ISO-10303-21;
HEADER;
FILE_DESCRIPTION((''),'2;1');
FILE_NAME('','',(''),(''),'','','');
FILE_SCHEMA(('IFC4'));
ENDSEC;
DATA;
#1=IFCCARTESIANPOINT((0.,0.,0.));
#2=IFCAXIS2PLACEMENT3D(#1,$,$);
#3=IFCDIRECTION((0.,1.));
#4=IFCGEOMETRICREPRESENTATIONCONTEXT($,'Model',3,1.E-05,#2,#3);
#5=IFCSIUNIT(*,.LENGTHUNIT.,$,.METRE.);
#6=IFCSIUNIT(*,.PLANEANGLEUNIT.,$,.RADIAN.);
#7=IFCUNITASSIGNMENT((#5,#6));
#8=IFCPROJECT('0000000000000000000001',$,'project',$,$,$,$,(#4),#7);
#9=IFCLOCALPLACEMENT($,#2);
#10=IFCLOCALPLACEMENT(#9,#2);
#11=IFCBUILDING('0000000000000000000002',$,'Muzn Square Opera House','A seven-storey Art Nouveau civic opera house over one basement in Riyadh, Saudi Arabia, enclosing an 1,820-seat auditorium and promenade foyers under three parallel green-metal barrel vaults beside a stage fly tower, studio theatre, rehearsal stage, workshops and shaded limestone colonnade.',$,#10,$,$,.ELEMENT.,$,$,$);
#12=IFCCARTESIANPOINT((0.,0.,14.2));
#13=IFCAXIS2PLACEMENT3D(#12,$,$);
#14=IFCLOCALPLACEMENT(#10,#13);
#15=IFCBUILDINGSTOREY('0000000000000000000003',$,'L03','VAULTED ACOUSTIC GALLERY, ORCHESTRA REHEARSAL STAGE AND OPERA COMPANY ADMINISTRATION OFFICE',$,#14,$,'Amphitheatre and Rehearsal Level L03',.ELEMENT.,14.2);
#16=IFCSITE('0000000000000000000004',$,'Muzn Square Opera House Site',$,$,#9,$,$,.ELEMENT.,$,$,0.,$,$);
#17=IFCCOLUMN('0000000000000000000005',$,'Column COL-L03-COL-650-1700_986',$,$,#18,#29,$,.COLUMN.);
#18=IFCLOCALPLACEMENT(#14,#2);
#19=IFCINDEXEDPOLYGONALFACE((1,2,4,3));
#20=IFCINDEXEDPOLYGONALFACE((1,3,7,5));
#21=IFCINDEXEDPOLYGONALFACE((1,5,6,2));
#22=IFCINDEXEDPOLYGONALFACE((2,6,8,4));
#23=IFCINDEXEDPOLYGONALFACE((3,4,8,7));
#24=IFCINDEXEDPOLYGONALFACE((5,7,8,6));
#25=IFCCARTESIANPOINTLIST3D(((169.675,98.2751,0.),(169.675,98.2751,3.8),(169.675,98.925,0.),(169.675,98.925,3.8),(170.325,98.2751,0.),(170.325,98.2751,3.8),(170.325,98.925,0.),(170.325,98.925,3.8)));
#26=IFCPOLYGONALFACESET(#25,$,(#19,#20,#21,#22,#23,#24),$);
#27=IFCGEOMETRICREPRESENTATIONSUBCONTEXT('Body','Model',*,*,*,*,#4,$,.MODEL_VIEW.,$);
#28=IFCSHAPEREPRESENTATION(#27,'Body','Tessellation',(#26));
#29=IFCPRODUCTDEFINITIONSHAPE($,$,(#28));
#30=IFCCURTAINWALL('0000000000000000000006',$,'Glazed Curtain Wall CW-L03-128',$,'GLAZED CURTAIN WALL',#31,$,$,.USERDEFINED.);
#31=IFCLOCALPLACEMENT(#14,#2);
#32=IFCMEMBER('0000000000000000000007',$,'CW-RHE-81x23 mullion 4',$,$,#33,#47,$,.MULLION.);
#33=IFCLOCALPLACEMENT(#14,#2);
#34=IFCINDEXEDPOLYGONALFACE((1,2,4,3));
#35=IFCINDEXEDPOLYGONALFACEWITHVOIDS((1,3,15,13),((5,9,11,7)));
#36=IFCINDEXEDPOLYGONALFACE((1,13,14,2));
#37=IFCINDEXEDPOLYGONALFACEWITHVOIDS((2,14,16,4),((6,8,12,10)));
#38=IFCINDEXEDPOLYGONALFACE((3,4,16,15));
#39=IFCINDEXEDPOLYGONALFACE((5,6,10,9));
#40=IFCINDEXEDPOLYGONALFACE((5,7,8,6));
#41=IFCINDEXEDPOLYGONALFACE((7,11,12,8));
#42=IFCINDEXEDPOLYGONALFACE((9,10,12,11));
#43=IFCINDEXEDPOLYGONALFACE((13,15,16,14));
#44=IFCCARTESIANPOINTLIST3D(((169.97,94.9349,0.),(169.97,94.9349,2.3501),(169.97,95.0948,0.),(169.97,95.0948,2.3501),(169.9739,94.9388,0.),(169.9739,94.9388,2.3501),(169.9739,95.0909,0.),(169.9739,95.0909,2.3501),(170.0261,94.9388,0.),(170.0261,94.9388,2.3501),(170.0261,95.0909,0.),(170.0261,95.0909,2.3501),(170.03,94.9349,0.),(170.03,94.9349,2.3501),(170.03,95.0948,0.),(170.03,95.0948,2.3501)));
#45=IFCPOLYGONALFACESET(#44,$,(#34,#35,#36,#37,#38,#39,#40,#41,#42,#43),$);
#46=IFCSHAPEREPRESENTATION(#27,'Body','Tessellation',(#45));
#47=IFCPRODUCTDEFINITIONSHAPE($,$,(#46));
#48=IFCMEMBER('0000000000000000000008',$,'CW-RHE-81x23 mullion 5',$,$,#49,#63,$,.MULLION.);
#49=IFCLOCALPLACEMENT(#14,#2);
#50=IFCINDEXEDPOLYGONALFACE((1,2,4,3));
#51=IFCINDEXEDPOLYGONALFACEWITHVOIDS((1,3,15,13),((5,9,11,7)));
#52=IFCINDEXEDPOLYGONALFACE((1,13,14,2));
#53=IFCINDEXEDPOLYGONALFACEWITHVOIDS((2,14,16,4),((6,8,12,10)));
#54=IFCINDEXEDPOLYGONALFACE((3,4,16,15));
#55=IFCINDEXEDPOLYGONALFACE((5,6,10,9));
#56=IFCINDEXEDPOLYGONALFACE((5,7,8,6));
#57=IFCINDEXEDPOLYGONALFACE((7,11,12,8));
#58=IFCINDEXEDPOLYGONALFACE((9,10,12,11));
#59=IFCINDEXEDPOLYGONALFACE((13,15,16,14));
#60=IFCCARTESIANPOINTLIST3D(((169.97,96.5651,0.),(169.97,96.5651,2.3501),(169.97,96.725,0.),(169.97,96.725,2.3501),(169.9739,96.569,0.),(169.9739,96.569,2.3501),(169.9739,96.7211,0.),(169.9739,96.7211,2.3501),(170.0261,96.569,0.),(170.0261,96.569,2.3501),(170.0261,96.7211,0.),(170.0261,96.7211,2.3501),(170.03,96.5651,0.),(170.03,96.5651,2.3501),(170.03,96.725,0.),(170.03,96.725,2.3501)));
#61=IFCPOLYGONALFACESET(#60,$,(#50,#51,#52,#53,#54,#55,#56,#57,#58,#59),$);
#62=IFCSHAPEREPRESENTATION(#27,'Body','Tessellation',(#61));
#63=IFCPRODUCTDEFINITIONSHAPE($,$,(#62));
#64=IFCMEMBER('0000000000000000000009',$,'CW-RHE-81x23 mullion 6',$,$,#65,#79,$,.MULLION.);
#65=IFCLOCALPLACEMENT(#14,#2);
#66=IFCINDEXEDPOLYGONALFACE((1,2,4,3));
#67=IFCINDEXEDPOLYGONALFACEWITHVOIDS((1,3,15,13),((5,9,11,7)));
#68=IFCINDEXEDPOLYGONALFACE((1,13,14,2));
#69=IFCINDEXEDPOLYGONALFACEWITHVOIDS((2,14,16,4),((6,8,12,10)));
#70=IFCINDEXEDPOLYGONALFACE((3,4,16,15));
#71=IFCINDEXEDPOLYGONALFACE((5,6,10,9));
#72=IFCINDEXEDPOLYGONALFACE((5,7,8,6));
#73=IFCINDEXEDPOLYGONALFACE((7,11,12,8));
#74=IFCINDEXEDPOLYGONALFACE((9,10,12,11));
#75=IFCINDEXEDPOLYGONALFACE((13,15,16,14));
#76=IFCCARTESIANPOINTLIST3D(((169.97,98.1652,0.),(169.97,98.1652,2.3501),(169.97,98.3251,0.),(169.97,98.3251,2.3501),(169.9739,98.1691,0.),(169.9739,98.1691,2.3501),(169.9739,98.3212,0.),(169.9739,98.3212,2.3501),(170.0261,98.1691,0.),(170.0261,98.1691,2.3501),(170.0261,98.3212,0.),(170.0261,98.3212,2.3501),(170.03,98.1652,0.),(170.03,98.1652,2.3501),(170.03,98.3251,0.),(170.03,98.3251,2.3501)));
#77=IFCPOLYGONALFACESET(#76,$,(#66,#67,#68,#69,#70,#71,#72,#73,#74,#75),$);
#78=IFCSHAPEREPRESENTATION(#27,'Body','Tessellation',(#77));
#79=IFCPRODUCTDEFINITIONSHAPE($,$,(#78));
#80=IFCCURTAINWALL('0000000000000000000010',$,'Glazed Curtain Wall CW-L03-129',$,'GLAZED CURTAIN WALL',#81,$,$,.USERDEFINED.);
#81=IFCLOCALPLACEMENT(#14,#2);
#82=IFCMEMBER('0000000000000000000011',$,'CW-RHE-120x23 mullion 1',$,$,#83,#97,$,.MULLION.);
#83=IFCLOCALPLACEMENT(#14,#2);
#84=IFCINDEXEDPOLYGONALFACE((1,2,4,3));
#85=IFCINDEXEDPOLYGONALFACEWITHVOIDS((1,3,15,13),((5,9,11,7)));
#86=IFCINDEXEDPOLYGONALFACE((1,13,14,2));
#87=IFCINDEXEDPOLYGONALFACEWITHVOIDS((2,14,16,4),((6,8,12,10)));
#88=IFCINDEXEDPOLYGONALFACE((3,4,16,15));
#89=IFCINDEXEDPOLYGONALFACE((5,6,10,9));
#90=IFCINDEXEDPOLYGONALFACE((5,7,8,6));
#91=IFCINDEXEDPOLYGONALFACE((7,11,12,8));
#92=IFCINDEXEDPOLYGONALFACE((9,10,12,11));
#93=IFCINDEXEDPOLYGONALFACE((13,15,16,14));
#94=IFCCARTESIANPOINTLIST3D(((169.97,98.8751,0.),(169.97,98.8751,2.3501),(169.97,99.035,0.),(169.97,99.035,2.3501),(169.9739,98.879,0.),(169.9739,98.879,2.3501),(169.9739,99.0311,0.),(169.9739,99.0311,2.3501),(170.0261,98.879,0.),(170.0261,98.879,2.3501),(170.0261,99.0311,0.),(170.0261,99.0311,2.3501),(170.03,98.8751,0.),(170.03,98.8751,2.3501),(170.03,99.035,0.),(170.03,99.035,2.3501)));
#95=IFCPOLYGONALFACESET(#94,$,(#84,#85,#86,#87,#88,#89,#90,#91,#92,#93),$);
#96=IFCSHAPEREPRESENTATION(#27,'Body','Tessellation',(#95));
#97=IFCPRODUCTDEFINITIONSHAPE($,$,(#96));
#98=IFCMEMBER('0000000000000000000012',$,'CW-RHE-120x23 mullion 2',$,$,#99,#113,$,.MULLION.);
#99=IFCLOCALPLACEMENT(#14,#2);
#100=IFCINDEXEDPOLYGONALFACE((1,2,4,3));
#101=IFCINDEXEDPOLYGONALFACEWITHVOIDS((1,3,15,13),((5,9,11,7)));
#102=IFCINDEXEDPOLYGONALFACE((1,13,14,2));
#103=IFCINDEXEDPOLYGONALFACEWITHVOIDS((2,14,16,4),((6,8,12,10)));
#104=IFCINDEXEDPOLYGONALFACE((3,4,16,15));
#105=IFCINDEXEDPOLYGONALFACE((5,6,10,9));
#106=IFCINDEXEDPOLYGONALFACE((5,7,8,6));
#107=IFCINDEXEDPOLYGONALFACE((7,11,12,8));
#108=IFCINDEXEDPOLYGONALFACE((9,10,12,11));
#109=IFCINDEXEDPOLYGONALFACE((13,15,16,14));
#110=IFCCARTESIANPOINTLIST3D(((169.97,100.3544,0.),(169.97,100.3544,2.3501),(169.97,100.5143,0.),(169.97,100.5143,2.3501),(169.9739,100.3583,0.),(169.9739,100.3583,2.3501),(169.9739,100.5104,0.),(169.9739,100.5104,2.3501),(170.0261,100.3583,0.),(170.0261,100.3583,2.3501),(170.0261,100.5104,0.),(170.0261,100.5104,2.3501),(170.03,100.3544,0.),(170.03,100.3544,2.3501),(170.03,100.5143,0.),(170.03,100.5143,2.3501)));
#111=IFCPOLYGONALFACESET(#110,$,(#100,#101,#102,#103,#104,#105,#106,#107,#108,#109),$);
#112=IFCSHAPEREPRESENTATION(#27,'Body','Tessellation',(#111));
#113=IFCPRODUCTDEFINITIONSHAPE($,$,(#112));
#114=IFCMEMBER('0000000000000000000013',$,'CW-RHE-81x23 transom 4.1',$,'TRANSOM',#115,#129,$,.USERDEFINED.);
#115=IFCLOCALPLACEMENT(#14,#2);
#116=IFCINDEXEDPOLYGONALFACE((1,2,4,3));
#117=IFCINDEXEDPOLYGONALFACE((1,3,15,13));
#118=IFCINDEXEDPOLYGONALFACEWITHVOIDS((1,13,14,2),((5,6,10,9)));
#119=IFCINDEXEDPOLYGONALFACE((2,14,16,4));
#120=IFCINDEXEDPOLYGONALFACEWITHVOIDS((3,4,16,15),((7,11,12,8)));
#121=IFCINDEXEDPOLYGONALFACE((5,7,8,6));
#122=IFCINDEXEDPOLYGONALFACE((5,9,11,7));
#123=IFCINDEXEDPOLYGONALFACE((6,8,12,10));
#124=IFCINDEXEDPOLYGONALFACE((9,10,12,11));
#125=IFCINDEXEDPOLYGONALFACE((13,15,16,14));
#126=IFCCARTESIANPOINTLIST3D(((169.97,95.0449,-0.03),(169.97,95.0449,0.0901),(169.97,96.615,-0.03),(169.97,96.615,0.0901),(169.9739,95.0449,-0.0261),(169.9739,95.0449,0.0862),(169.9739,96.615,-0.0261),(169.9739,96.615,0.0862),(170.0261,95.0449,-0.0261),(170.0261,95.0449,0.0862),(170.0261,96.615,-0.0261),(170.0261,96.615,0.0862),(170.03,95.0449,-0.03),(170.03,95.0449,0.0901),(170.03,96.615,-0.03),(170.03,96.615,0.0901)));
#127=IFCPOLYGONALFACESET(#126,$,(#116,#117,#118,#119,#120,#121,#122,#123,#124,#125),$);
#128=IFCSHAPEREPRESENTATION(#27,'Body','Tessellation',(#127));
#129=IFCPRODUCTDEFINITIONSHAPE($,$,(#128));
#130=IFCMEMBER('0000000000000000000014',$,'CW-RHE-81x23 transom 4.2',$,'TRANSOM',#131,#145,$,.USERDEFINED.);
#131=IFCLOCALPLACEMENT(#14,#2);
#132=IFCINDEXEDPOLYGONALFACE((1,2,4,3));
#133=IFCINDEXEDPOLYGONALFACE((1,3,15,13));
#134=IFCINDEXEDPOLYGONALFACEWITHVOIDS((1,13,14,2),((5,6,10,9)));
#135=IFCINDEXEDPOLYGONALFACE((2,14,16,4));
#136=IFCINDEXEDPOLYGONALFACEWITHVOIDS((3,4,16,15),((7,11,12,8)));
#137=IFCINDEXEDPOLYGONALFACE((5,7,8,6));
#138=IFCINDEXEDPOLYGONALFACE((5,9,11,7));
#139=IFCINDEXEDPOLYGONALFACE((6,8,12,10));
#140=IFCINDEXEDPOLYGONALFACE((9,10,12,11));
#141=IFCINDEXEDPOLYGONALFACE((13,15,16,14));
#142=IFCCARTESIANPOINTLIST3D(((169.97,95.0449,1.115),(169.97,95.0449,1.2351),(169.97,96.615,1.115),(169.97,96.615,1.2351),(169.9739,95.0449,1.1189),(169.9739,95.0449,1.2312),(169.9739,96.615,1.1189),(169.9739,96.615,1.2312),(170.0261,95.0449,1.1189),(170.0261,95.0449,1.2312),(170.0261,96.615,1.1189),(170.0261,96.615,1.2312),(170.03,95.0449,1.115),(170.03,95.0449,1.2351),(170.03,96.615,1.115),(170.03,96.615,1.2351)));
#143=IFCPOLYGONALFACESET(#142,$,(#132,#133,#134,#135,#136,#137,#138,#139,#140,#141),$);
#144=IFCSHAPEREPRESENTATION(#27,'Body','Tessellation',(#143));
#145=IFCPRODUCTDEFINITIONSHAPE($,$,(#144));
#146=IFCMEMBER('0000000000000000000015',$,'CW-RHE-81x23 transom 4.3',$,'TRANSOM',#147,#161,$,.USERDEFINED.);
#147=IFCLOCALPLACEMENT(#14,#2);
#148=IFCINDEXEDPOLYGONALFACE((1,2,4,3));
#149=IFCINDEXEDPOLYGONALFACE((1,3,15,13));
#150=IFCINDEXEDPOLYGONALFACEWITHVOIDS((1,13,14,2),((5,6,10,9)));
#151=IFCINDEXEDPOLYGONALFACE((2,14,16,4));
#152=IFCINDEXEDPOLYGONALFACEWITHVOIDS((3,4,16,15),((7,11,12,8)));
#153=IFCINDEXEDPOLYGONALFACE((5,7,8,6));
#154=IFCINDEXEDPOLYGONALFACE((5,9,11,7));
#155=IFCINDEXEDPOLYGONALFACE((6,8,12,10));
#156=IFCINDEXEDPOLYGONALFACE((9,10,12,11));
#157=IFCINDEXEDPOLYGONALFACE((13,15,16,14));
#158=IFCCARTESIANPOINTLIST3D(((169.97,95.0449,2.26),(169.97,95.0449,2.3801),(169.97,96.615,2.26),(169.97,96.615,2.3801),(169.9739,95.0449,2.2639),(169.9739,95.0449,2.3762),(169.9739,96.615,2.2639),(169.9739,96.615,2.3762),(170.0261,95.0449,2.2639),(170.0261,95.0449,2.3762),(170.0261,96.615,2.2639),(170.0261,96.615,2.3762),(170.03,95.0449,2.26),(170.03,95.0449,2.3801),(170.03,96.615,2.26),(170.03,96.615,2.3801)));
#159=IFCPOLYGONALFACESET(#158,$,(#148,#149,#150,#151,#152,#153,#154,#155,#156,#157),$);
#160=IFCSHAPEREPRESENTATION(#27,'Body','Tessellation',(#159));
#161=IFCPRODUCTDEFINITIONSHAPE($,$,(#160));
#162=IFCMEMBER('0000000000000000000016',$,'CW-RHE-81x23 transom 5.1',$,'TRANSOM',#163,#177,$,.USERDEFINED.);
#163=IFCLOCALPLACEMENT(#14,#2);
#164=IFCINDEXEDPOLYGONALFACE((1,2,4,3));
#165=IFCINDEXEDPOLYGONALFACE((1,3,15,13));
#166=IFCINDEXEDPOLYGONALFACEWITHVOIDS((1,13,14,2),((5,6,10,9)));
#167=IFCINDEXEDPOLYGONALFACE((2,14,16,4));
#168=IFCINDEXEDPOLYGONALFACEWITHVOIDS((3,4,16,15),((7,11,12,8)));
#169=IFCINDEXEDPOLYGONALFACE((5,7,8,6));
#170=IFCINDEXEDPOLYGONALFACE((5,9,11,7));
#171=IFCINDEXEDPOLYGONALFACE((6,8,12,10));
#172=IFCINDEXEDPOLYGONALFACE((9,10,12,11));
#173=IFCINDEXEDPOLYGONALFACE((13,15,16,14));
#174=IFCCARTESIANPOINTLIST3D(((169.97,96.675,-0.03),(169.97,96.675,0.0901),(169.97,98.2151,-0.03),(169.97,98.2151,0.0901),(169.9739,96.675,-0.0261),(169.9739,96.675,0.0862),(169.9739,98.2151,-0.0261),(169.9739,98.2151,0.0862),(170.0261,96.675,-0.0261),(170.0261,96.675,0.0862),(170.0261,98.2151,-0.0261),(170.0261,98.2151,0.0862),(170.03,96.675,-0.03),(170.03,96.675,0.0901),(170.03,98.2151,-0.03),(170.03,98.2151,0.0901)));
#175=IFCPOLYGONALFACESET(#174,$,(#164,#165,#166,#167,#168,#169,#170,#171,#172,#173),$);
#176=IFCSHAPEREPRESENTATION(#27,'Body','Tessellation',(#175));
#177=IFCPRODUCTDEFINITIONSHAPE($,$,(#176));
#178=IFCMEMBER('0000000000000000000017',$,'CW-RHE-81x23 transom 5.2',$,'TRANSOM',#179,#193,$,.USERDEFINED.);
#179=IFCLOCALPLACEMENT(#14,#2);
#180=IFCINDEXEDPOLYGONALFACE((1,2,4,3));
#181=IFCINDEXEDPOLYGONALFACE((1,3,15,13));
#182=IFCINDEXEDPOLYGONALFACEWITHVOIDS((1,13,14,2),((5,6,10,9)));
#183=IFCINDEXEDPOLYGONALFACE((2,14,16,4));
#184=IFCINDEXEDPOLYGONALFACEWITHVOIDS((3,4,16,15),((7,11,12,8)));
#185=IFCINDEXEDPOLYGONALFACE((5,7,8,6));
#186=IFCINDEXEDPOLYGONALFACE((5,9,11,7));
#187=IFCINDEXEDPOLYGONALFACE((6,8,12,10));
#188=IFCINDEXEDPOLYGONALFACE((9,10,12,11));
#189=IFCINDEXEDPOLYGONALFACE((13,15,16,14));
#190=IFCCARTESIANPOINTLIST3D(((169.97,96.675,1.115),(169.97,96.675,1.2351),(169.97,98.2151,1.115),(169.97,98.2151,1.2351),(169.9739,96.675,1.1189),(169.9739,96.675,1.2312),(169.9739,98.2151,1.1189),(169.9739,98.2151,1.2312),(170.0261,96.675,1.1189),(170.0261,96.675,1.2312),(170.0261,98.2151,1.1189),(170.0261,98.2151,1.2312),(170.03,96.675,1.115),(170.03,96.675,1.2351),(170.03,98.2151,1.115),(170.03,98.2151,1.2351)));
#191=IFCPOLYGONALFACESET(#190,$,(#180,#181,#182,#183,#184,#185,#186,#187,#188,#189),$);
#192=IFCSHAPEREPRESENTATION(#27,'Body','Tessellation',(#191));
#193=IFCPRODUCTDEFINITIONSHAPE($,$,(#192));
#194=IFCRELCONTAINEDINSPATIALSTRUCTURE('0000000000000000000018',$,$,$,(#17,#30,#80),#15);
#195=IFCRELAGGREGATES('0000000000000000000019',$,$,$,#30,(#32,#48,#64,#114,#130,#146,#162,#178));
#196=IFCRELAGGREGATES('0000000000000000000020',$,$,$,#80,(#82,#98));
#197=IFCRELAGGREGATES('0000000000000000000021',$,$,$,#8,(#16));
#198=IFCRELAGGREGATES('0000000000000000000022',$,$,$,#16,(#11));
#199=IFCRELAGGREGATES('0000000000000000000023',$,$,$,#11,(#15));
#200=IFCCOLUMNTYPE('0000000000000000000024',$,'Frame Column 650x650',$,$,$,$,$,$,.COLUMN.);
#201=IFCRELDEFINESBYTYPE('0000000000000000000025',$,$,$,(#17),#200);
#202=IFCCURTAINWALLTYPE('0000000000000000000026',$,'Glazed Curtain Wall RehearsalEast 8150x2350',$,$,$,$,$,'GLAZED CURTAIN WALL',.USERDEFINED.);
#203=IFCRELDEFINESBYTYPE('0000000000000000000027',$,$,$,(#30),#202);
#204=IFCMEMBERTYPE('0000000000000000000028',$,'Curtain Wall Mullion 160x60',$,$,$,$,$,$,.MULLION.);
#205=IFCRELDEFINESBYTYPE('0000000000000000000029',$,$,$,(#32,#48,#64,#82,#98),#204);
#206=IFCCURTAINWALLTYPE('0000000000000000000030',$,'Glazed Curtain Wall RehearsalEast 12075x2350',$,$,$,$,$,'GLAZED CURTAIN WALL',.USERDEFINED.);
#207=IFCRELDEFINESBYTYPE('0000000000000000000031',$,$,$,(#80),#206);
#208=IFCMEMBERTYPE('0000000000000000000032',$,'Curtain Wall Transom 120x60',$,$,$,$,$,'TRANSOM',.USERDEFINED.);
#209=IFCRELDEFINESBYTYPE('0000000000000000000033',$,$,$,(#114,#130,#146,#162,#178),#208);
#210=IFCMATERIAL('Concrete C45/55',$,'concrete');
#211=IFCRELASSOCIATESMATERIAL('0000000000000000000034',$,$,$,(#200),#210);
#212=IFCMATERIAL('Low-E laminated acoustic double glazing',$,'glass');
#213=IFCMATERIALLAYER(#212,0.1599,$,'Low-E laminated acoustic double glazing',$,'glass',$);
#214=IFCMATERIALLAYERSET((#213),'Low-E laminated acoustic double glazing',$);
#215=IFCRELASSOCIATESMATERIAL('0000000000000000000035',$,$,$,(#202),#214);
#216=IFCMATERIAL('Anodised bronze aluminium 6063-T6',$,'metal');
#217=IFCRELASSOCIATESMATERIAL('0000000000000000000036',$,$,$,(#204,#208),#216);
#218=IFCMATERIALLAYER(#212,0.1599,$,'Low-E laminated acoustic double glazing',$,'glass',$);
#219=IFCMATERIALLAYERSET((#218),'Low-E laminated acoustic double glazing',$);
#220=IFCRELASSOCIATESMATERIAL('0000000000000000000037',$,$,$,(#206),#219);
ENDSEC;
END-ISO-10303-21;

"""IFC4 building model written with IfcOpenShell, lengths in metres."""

from ifc_helpers import new_model, si_unit, direction, frame, origin, origin_2d, place, context, subcontext, project, spatial, rectangle, hollow_rectangle, extrude, material, layer, layer_set, material_profile, profile_set, type_object, element, aggregate, save


model = new_model("IFC4")

# Units and contexts
model_context = context("Model", 3, precision=1e-05, world=origin(), true_north=direction((0.0, 1.0)))
body_context = subcontext(model_context, "Body", "Model", "MODEL_VIEW")
ifc_project = project(units=[si_unit("LENGTHUNIT", "METRE"), si_unit("PLANEANGLEUNIT", "RADIAN")], contexts=[model_context])

# Site, building, storey
site_placement = place(None, origin())
site = spatial("IfcSite", under=ifc_project, at=site_placement, Name="Muzn Square Opera House Site", CompositionType="ELEMENT", RefElevation=0.0)
building_placement = place(site_placement, origin())
building = spatial("IfcBuilding", under=site, at=building_placement, Name="Muzn Square Opera House", Description="A seven-storey Art Nouveau civic opera house over one basement in Riyadh, Saudi Arabia, enclosing an 1,820-seat auditorium and promenade foyers under three parallel green-metal barrel vaults beside a stage fly tower, studio theatre, rehearsal stage, workshops and shaded limestone colonnade.", CompositionType="ELEMENT")
storey_placement = place(building_placement, frame((0.0, 0.0, 14.2)))
storey = spatial("IfcBuildingStorey", under=building, at=storey_placement, Name="L03", Description="VAULTED ACOUSTIC GALLERY, ORCHESTRA REHEARSAL STAGE AND OPERA COMPANY ADMINISTRATION OFFICE", LongName="Amphitheatre and Rehearsal Level L03", CompositionType="ELEMENT", Elevation=14.2)

# Column
ifc_material_1 = material(Name="Concrete C45/55", Category="concrete")
ifc_material_profile_1 = material_profile(ifc_material_1, rectangle(XDim=0.6499, YDim=0.6499, at=origin_2d()), Name="RC 650x650", Category="concrete")
ifc_profile_set_1 = profile_set([ifc_material_profile_1], Name="Concrete C45/55")
column_type = type_object("IfcColumnType", Name="Frame Column 650x650", PredefinedType="COLUMN", material=ifc_profile_set_1)
column_placement = place(storey_placement, frame((170.0, 98.6001, 0.0), z_axis=(0.0, 0.0, 1.0), x_axis=(1.0, 0.0, 0.0)))
element("IfcColumn", 1, at=column_placement, inside=storey, type_object=column_type, Name="Column COL-L03-COL-650-1700_986", PredefinedType="COLUMN", context=body_context, shape_type="SweptSolid", body=[
    extrude(rectangle(XDim=0.6499, YDim=0.6499, at=origin_2d()), origin(), (0.0, 0.0, 1.0), 3.8),
])

# Curtain walls, members
ifc_material_2 = material(Name="Low-E laminated acoustic double glazing", Category="glass")
ifc_layer_1 = layer(ifc_material_2, 0.1599, Name="Low-E laminated acoustic double glazing", Category="glass")
ifc_layer_set_1 = layer_set([ifc_layer_1], Name="Low-E laminated acoustic double glazing")
curtain_wall_type_1 = type_object("IfcCurtainWallType", Name="Glazed Curtain Wall RehearsalEast 8150x2350", ElementType="GLAZED CURTAIN WALL", PredefinedType="USERDEFINED", material=ifc_layer_set_1)
curtain_wall_1_placement = place(storey_placement, origin())
curtain_wall_1 = element("IfcCurtainWall", 2, at=curtain_wall_1_placement, inside=storey, type_object=curtain_wall_type_1, Name="Glazed Curtain Wall CW-L03-128", ObjectType="GLAZED CURTAIN WALL", PredefinedType="USERDEFINED")
ifc_material_3 = material(Name="Anodised bronze aluminium 6063-T6", Category="metal")
ifc_material_profile_2 = material_profile(ifc_material_3, hollow_rectangle(XDim=0.0601, YDim=0.1599, WallThickness=0.0039, at=origin_2d()), Name="ALU 160x60x4", Category="metal")
ifc_profile_set_2 = profile_set([ifc_material_profile_2], Name="Anodised bronze aluminium 6063-T6")
member_type_1 = type_object("IfcMemberType", Name="Curtain Wall Mullion 160x60", PredefinedType="MULLION", material=ifc_profile_set_2)
member_1_placement = place(storey_placement, frame((170.0, 95.0149, 0.0), z_axis=(0.0, 0.0, 1.0), x_axis=(-1.0, 0.0, 0.0)))
member_1 = element("IfcMember", 3, at=member_1_placement, type_object=member_type_1, Name="CW-RHE-81x23 mullion 4", PredefinedType="MULLION", context=body_context, shape_type="SweptSolid", body=[
    extrude(hollow_rectangle(XDim=0.0601, YDim=0.1599, WallThickness=0.0039, at=origin_2d()), origin(), (0.0, 0.0, 1.0), 2.3501),
])
member_2_placement = place(storey_placement, frame((170.0, 96.645, 0.0), z_axis=(0.0, 0.0, 1.0), x_axis=(-1.0, 0.0, 0.0)))
member_2 = element("IfcMember", 4, at=member_2_placement, type_object=member_type_1, Name="CW-RHE-81x23 mullion 5", PredefinedType="MULLION", context=body_context, shape_type="SweptSolid", body=[
    extrude(hollow_rectangle(XDim=0.0601, YDim=0.1599, WallThickness=0.0039, at=origin_2d()), origin(), (0.0, 0.0, 1.0), 2.3501),
])
member_3_placement = place(storey_placement, frame((170.0, 98.2451, 0.0), z_axis=(0.0, 0.0, 1.0), x_axis=(-1.0, 0.0, 0.0)))
member_3 = element("IfcMember", 5, at=member_3_placement, type_object=member_type_1, Name="CW-RHE-81x23 mullion 6", PredefinedType="MULLION", context=body_context, shape_type="SweptSolid", body=[
    extrude(hollow_rectangle(XDim=0.0601, YDim=0.1599, WallThickness=0.0039, at=origin_2d()), origin(), (0.0, 0.0, 1.0), 2.3501),
])
ifc_layer_2 = layer(ifc_material_2, 0.1599, Name="Low-E laminated acoustic double glazing", Category="glass")
ifc_layer_set_2 = layer_set([ifc_layer_2], Name="Low-E laminated acoustic double glazing")
curtain_wall_type_2 = type_object("IfcCurtainWallType", Name="Glazed Curtain Wall RehearsalEast 12075x2350", ElementType="GLAZED CURTAIN WALL", PredefinedType="USERDEFINED", material=ifc_layer_set_2)
curtain_wall_2_placement = place(storey_placement, origin())
curtain_wall_2 = element("IfcCurtainWall", 6, at=curtain_wall_2_placement, inside=storey, type_object=curtain_wall_type_2, Name="Glazed Curtain Wall CW-L03-129", ObjectType="GLAZED CURTAIN WALL", PredefinedType="USERDEFINED")
member_4_placement = place(storey_placement, frame((170.0, 98.9551, 0.0), z_axis=(0.0, 0.0, 1.0), x_axis=(-1.0, 0.0, 0.0)))
member_4 = element("IfcMember", 7, at=member_4_placement, type_object=member_type_1, Name="CW-RHE-120x23 mullion 1", PredefinedType="MULLION", context=body_context, shape_type="SweptSolid", body=[
    extrude(hollow_rectangle(XDim=0.0601, YDim=0.1599, WallThickness=0.0039, at=origin_2d()), origin(), (0.0, 0.0, 1.0), 2.3501),
])
member_5_placement = place(storey_placement, frame((170.0, 100.4343, 0.0), z_axis=(0.0, 0.0, 1.0), x_axis=(-1.0, 0.0, 0.0)))
member_5 = element("IfcMember", 8, at=member_5_placement, type_object=member_type_1, Name="CW-RHE-120x23 mullion 2", PredefinedType="MULLION", context=body_context, shape_type="SweptSolid", body=[
    extrude(hollow_rectangle(XDim=0.0601, YDim=0.1599, WallThickness=0.0039, at=origin_2d()), origin(), (0.0, 0.0, 1.0), 2.3501),
])

# Members
ifc_material_profile_3 = material_profile(ifc_material_3, hollow_rectangle(XDim=0.0601, YDim=0.1201, WallThickness=0.0039, at=origin_2d()), Name="ALU 120x60x4", Category="metal")
ifc_profile_set_3 = profile_set([ifc_material_profile_3], Name="Anodised bronze aluminium 6063-T6")
member_type_2 = type_object("IfcMemberType", Name="Curtain Wall Transom 120x60", ElementType="TRANSOM", PredefinedType="USERDEFINED", material=ifc_profile_set_3)
member_6_placement = place(storey_placement, frame((170.0, 95.0449, 0.03), z_axis=(0.0, 1.0, 0.0), x_axis=(-1.0, 0.0, 0.0)))
member_6 = element("IfcMember", 9, at=member_6_placement, type_object=member_type_2, Name="CW-RHE-81x23 transom 4.1", ObjectType="TRANSOM", PredefinedType="USERDEFINED", context=body_context, shape_type="SweptSolid", body=[
    extrude(hollow_rectangle(XDim=0.0601, YDim=0.1201, WallThickness=0.0039, at=origin_2d()), origin(), (0.0, 0.0, 1.0), 1.5701),
])
member_7_placement = place(storey_placement, frame((170.0, 95.0449, 1.175), z_axis=(0.0, 1.0, 0.0), x_axis=(-1.0, 0.0, 0.0)))
member_7 = element("IfcMember", 10, at=member_7_placement, type_object=member_type_2, Name="CW-RHE-81x23 transom 4.2", ObjectType="TRANSOM", PredefinedType="USERDEFINED", context=body_context, shape_type="SweptSolid", body=[
    extrude(hollow_rectangle(XDim=0.0601, YDim=0.1201, WallThickness=0.0039, at=origin_2d()), origin(), (0.0, 0.0, 1.0), 1.5701),
])
member_8_placement = place(storey_placement, frame((170.0, 95.0449, 2.3201), z_axis=(0.0, 1.0, 0.0), x_axis=(-1.0, 0.0, 0.0)))
member_8 = element("IfcMember", 11, at=member_8_placement, type_object=member_type_2, Name="CW-RHE-81x23 transom 4.3", ObjectType="TRANSOM", PredefinedType="USERDEFINED", context=body_context, shape_type="SweptSolid", body=[
    extrude(hollow_rectangle(XDim=0.0601, YDim=0.1201, WallThickness=0.0039, at=origin_2d()), origin(), (0.0, 0.0, 1.0), 1.5701),
])
member_9_placement = place(storey_placement, frame((170.0, 96.675, 0.03), z_axis=(0.0, 1.0, 0.0), x_axis=(-1.0, 0.0, 0.0)))
member_9 = element("IfcMember", 12, at=member_9_placement, type_object=member_type_2, Name="CW-RHE-81x23 transom 5.1", ObjectType="TRANSOM", PredefinedType="USERDEFINED", context=body_context, shape_type="SweptSolid", body=[
    extrude(hollow_rectangle(XDim=0.0601, YDim=0.1201, WallThickness=0.0039, at=origin_2d()), origin(), (0.0, 0.0, 1.0), 1.54),
])
member_10_placement = place(storey_placement, frame((170.0, 96.675, 1.175), z_axis=(0.0, 1.0, 0.0), x_axis=(-1.0, 0.0, 0.0)))
member_10 = element("IfcMember", 13, at=member_10_placement, type_object=member_type_2, Name="CW-RHE-81x23 transom 5.2", ObjectType="TRANSOM", PredefinedType="USERDEFINED", context=body_context, shape_type="SweptSolid", body=[
    extrude(hollow_rectangle(XDim=0.0601, YDim=0.1201, WallThickness=0.0039, at=origin_2d()), origin(), (0.0, 0.0, 1.0), 1.54),
])

aggregate(curtain_wall_1, [member_1, member_2, member_3, member_6, member_7, member_8, member_9, member_10])
aggregate(curtain_wall_2, [member_4, member_5])

save(model, "model.ifc")
